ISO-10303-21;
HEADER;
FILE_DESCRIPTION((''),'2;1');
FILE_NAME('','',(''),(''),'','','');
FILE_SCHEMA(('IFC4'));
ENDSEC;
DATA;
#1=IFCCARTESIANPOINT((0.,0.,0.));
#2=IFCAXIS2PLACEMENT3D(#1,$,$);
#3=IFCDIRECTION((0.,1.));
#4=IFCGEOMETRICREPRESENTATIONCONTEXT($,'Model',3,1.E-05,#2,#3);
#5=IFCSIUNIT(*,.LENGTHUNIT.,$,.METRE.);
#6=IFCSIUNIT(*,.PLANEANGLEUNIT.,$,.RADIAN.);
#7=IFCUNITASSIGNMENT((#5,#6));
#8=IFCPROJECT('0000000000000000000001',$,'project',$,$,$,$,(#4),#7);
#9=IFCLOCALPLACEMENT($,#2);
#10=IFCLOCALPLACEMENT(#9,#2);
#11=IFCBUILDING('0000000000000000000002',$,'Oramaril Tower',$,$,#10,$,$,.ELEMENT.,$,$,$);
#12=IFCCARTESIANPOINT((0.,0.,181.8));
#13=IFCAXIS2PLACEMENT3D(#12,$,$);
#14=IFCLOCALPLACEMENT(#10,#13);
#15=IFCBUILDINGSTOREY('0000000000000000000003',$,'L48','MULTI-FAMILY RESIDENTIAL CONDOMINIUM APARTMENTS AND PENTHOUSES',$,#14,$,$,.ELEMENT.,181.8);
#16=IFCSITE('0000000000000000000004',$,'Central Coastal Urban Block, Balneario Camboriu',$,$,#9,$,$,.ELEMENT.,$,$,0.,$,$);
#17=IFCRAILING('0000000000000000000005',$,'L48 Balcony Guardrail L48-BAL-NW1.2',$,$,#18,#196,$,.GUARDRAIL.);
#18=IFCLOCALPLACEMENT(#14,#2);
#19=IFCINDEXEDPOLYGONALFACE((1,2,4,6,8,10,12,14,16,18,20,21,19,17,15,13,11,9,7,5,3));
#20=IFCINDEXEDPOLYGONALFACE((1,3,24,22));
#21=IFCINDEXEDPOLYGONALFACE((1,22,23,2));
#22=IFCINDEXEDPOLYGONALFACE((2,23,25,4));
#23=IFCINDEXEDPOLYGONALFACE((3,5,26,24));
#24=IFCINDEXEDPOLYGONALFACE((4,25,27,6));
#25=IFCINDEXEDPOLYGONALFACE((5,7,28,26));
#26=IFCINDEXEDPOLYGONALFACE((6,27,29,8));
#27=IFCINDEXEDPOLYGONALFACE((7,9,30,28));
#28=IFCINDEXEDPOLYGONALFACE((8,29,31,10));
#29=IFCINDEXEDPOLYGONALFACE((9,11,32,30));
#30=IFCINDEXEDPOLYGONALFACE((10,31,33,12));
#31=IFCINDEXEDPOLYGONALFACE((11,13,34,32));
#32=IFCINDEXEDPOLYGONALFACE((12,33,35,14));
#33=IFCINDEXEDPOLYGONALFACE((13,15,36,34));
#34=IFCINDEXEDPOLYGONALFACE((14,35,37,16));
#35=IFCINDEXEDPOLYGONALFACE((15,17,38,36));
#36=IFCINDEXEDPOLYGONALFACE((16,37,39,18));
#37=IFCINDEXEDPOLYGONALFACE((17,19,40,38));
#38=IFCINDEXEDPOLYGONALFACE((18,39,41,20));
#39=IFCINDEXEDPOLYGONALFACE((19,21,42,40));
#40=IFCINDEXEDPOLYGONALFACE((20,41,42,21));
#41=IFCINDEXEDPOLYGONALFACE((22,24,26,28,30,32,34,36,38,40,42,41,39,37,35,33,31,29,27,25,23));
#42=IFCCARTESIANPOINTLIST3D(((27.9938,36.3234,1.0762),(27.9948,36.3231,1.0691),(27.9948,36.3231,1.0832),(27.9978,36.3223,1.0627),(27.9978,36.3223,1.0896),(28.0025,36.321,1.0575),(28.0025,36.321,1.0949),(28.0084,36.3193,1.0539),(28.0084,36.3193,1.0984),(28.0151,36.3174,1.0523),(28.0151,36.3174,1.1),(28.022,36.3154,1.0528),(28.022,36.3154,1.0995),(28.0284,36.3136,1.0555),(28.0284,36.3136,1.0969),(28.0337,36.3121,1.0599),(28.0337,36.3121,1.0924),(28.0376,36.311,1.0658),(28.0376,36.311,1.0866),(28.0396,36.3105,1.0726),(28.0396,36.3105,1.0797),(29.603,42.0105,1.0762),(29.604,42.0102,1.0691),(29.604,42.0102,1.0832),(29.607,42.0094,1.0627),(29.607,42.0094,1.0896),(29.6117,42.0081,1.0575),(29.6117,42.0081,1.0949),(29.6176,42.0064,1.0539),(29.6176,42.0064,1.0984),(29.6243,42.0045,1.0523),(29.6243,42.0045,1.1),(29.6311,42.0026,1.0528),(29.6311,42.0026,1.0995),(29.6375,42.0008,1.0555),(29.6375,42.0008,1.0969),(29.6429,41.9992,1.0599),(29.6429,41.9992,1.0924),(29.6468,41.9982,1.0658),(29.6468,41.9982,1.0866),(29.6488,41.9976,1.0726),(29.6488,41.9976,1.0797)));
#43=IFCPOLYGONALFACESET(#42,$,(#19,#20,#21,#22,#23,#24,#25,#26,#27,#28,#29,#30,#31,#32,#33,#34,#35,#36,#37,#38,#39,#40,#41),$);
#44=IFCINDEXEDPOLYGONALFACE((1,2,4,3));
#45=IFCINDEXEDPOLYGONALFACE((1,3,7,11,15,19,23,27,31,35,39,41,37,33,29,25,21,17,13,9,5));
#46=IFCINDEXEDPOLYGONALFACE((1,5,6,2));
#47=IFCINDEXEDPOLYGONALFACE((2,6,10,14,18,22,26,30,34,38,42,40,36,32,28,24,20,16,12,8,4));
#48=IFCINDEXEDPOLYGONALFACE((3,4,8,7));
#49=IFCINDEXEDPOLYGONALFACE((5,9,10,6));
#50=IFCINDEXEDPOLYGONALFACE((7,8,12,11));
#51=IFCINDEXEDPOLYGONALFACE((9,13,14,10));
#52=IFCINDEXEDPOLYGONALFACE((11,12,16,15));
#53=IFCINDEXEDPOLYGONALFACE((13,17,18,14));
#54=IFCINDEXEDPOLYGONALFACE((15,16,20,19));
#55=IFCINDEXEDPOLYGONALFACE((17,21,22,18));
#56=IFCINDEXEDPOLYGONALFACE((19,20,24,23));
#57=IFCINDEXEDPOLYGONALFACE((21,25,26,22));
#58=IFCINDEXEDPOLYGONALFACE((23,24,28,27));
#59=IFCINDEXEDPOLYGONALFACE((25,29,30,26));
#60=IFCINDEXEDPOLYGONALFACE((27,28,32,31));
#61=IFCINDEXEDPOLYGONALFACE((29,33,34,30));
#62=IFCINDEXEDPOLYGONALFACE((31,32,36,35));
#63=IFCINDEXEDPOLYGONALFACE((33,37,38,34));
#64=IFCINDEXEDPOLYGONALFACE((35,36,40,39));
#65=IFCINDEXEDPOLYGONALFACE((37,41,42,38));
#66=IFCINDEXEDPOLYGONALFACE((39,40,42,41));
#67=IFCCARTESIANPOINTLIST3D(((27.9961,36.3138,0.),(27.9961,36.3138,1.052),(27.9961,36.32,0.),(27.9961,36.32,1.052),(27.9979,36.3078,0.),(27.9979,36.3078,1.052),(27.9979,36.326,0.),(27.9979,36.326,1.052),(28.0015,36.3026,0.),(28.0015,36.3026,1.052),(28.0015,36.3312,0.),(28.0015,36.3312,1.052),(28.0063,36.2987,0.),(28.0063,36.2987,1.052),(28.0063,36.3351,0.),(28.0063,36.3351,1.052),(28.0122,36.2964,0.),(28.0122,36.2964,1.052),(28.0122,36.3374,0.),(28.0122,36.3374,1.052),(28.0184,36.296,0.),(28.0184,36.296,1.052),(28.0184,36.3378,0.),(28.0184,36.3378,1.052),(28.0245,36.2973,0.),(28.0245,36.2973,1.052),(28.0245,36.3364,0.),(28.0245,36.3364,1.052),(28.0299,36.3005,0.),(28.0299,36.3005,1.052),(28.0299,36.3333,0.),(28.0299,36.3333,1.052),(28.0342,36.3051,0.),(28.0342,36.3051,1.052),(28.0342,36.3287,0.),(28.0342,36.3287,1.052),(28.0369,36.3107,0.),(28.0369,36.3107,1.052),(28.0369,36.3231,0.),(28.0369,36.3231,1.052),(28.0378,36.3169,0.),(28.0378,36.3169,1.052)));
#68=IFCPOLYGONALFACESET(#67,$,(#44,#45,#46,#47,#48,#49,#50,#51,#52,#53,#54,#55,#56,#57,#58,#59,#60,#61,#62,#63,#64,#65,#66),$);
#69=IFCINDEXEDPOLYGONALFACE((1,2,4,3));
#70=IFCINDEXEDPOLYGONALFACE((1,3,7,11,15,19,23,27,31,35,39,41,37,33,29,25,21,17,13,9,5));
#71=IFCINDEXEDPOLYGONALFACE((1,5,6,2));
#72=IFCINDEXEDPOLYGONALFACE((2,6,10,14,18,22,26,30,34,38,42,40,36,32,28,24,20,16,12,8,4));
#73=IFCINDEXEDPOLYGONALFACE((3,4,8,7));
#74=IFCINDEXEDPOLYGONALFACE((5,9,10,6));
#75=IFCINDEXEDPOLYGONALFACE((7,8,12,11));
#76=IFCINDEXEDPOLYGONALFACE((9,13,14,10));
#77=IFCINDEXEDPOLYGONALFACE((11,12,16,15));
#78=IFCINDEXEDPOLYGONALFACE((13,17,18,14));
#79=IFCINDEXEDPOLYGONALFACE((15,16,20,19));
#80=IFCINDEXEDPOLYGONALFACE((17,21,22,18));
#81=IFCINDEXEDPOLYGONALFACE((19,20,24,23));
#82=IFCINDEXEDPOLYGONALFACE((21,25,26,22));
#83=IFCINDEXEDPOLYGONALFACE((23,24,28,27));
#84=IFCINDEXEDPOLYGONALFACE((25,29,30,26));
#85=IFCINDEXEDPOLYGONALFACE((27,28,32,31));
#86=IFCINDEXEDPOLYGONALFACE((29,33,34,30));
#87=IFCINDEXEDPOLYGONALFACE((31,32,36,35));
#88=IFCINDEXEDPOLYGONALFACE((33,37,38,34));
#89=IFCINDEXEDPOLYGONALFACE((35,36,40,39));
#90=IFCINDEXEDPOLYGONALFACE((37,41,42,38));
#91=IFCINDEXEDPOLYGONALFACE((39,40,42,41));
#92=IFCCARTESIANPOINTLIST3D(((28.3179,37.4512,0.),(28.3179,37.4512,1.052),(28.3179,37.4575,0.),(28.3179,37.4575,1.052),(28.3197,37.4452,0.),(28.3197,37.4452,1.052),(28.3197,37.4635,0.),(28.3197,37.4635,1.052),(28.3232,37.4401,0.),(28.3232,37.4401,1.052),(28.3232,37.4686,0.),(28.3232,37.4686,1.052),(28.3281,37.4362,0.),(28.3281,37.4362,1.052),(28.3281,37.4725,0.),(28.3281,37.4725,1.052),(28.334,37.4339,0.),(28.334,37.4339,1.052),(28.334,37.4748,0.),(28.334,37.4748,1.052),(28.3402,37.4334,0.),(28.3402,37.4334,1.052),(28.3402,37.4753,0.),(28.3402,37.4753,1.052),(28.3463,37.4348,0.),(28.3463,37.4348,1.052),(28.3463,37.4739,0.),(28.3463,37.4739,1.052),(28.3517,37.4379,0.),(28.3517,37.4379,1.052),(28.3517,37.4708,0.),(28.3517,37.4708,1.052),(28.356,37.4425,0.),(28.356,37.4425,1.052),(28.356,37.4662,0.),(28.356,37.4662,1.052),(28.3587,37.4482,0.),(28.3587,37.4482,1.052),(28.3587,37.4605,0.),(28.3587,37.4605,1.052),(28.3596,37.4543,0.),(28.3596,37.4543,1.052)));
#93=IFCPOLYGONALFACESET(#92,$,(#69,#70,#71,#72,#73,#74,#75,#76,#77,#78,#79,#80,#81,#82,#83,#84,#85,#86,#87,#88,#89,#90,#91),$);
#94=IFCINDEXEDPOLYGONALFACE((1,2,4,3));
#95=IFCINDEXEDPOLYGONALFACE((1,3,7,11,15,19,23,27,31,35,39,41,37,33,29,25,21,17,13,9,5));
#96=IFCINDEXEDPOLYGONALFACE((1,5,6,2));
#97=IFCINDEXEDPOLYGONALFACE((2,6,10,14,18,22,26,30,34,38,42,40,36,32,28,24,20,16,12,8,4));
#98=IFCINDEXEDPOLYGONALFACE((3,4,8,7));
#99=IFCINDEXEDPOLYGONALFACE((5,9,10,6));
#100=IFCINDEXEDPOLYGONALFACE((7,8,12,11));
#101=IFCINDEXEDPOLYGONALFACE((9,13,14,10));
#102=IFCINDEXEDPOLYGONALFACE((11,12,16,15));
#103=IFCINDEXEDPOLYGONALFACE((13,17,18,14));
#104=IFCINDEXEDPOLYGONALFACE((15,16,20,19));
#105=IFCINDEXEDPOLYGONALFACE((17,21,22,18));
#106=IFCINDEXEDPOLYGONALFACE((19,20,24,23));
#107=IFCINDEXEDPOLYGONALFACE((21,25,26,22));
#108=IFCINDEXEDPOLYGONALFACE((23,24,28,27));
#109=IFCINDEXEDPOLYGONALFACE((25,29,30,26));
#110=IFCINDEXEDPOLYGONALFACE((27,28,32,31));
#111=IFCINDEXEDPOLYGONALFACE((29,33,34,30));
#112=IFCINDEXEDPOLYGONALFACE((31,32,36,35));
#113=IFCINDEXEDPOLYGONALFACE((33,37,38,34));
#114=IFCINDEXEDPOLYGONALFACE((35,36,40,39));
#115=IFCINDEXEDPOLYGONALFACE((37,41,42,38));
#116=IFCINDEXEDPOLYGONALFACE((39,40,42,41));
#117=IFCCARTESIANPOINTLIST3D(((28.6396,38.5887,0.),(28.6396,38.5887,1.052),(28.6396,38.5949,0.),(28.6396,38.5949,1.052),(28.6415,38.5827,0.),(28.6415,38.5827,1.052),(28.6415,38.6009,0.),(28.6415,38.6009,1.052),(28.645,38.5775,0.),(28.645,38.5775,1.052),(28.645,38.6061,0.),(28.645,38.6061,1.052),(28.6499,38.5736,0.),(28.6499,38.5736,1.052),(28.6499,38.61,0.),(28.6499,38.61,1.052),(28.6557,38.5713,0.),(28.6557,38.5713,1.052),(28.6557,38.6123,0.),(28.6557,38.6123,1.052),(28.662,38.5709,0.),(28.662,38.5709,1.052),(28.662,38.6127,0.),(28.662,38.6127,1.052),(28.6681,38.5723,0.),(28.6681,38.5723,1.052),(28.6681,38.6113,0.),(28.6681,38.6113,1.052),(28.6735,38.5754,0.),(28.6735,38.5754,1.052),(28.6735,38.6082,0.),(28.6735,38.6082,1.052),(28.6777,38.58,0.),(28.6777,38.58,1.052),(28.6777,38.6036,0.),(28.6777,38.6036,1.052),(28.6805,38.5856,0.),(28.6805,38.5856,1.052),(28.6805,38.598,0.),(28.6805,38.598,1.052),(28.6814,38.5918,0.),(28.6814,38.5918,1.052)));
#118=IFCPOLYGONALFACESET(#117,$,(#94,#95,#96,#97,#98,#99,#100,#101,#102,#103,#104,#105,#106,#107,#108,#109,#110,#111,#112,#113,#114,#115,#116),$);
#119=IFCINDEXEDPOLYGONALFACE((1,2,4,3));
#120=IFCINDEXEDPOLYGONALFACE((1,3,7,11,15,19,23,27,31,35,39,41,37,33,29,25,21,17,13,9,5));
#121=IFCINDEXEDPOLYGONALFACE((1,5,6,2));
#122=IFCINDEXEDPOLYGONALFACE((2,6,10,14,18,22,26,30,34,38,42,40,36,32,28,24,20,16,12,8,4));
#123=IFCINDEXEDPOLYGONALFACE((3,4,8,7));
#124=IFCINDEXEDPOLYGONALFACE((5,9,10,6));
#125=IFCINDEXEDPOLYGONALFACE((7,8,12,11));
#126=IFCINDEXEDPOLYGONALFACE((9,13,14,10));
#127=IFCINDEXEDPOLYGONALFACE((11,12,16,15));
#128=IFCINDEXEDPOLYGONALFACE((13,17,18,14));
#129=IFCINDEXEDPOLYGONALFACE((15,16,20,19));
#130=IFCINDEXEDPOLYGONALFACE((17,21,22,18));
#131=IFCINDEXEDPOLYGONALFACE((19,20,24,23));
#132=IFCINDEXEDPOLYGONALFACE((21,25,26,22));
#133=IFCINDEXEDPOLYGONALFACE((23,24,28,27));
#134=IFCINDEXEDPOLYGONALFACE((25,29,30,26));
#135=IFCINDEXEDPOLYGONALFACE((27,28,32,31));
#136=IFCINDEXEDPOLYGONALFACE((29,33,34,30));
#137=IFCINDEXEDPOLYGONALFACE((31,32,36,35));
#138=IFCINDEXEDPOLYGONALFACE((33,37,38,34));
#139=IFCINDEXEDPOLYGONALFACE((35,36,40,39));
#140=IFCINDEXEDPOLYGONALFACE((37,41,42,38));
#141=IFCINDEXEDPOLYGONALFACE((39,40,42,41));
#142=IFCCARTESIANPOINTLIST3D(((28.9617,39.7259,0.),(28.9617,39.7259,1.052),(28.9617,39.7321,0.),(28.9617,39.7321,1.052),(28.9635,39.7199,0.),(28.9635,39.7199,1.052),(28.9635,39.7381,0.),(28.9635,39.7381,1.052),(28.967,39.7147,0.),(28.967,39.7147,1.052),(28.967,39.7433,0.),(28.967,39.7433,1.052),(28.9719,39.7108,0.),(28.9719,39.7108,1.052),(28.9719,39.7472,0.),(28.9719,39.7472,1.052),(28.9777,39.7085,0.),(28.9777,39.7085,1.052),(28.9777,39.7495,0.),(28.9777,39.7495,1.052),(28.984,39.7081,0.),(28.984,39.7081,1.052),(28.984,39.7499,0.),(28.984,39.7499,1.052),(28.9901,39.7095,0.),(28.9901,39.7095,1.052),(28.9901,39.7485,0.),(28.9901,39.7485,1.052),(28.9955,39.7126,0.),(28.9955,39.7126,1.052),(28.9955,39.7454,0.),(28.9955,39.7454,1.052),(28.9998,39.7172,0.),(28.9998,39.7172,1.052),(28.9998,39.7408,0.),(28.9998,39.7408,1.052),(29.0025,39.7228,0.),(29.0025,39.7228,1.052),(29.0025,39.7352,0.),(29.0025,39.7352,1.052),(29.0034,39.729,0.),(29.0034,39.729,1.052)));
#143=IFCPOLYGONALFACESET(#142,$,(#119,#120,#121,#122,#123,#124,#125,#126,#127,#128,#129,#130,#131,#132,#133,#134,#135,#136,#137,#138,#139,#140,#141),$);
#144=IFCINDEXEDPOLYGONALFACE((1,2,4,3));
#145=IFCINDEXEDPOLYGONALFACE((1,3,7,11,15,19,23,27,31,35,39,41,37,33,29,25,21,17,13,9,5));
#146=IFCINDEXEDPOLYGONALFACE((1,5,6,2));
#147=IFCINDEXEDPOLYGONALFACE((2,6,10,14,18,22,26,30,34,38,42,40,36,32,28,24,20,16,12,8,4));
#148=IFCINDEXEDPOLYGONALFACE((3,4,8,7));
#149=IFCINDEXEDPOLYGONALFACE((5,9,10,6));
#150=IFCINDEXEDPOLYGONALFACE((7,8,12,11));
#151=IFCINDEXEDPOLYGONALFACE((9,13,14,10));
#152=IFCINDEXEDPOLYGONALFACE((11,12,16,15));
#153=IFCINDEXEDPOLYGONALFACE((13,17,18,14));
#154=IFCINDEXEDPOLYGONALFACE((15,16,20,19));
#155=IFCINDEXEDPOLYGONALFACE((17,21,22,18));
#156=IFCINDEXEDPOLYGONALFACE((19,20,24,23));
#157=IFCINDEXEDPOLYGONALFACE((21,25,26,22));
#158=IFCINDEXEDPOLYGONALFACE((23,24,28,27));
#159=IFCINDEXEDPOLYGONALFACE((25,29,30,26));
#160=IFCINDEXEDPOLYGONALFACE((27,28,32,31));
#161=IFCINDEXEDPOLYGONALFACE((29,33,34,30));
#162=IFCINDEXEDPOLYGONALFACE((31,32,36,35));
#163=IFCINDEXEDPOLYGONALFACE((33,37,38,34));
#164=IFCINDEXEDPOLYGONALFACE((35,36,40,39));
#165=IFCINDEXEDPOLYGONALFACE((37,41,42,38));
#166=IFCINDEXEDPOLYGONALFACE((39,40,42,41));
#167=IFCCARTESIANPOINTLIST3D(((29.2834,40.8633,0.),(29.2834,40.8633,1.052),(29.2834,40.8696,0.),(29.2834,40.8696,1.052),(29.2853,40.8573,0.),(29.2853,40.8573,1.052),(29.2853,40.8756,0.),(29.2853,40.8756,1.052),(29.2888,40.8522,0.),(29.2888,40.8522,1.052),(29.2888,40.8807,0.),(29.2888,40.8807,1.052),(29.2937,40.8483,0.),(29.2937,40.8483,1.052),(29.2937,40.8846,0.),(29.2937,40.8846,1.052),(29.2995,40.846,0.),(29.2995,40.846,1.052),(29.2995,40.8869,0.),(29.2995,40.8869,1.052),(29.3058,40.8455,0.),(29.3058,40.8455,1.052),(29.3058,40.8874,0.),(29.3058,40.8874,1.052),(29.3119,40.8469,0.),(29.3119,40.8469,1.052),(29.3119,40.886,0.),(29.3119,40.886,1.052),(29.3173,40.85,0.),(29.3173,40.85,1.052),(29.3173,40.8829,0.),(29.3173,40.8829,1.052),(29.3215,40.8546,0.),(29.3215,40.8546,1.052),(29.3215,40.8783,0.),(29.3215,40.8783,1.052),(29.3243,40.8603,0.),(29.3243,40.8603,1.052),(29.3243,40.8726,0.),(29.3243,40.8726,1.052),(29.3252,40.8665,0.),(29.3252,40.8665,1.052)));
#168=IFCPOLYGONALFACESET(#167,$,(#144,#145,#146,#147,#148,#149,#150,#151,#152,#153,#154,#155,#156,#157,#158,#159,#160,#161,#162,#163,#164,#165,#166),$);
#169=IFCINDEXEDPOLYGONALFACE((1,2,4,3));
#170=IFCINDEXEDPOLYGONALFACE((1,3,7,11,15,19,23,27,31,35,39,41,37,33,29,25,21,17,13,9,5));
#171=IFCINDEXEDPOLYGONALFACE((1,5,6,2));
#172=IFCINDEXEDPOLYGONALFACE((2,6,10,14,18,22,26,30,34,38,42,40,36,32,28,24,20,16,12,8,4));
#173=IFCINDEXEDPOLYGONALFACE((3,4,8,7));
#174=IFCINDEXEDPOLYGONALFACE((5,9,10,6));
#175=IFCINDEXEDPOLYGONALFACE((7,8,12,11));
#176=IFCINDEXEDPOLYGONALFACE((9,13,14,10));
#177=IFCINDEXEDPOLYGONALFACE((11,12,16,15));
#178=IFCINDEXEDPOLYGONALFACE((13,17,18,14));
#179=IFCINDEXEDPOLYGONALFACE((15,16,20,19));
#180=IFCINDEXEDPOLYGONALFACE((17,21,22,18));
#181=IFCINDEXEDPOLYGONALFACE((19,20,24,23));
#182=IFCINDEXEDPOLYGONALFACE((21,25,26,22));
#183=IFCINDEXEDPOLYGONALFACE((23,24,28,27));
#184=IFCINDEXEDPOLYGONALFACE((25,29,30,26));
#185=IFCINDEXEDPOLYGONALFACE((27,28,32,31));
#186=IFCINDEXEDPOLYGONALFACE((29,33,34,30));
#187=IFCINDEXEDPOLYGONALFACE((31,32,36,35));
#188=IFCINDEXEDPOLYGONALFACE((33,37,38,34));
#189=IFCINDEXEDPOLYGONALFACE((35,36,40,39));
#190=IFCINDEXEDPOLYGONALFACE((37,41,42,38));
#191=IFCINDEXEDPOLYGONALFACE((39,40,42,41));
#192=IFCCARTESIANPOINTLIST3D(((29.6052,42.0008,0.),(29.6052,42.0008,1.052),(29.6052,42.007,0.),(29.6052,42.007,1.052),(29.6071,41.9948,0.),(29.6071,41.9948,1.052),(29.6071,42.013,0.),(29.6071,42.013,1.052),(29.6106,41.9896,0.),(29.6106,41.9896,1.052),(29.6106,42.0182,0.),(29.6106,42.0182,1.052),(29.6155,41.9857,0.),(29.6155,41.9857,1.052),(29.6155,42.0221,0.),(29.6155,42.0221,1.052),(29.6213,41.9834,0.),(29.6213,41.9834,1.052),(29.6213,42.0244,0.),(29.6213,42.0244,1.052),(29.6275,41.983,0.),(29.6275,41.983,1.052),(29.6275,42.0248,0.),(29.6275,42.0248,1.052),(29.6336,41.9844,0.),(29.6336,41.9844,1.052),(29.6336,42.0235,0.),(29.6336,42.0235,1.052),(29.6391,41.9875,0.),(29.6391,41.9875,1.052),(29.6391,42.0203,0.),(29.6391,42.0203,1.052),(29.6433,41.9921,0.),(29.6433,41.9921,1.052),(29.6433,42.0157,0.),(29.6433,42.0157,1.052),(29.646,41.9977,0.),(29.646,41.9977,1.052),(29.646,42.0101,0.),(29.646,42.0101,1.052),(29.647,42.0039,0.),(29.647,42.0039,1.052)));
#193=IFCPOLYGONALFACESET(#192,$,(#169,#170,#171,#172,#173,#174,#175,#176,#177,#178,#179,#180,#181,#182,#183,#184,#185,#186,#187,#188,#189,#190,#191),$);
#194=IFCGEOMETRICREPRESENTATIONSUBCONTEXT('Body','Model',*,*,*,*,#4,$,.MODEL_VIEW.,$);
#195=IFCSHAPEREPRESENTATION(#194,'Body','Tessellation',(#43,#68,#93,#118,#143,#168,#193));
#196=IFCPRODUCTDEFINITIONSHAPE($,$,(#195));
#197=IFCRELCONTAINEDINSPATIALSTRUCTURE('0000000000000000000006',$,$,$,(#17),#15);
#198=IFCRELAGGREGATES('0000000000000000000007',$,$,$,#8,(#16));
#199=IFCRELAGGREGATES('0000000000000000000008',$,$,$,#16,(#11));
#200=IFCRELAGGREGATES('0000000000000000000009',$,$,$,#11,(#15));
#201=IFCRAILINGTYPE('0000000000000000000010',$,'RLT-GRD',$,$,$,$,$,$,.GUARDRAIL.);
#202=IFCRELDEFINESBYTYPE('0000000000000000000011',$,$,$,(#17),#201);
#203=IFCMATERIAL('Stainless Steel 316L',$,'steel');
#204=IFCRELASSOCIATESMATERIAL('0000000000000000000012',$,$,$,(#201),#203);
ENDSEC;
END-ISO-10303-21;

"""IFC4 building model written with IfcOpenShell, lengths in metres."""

from ifc_helpers import new_model, si_unit, direction, frame, origin, origin_2d, place, context, subcontext, project, spatial, circle, extrude, material, type_object, element, save


model = new_model("IFC4")

# Units and contexts
model_context = context("Model", 3, precision=1e-05, world=origin(), true_north=direction((0.0, 1.0)))
body_context = subcontext(model_context, "Body", "Model", "MODEL_VIEW")
ifc_project = project(units=[si_unit("LENGTHUNIT", "METRE"), si_unit("PLANEANGLEUNIT", "RADIAN")], contexts=[model_context])

# Site, building, storey
site_placement = place(None, origin())
site = spatial("IfcSite", under=ifc_project, at=site_placement, Name="Central Coastal Urban Block, Balneario Camboriu", CompositionType="ELEMENT", RefElevation=0.0)
building_placement = place(site_placement, origin())
building = spatial("IfcBuilding", under=site, at=building_placement, Name="Oramaril Tower", CompositionType="ELEMENT")
storey_placement = place(building_placement, frame((0.0, 0.0, 181.8)))
storey = spatial("IfcBuildingStorey", under=building, at=storey_placement, Name="L48", Description="MULTI-FAMILY RESIDENTIAL CONDOMINIUM APARTMENTS AND PENTHOUSES", CompositionType="ELEMENT", Elevation=181.8)

# Railing
ifc_material_1 = material(Name="Stainless Steel 316L", Category="steel")
railing_type = type_object("IfcRailingType", Name="RLT-GRD", PredefinedType="GUARDRAIL", material=ifc_material_1)
railing_1_placement = place(storey_placement, frame((28.0168, 36.3169, 0.0)))
element("IfcRailing", 1, at=railing_1_placement, inside=storey, type_object=railing_type, Name="L48 Balcony Guardrail L48-BAL-NW1.2", PredefinedType="GUARDRAIL", context=body_context, shape_type="SweptSolid", body=[
    extrude(circle(Radius=0.0239, at=origin_2d()), frame((0.0, 0.0, 1.0762), z_axis=(0.27226, 0.962224, 0.0), x_axis=(-0.962224, 0.27226, 0.0)), (0.0, 0.0, 1.0), 5.9104),
    extrude(circle(Radius=0.021, at=origin_2d()), origin(), (0.0, 0.0, 1.0), 1.052),
    extrude(circle(Radius=0.021, at=origin_2d()), frame((0.3218, 1.1375, 0.0)), (0.0, 0.0, 1.0), 1.052),
    extrude(circle(Radius=0.021, at=origin_2d()), frame((0.6436, 2.2749, 0.0)), (0.0, 0.0, 1.0), 1.052),
    extrude(circle(Radius=0.021, at=origin_2d()), frame((0.9656, 3.4121, 0.0)), (0.0, 0.0, 1.0), 1.052),
    extrude(circle(Radius=0.021, at=origin_2d()), frame((1.2874, 4.5496, 0.0)), (0.0, 0.0, 1.0), 1.052),
    extrude(circle(Radius=0.021, at=origin_2d()), frame((1.6091, 5.687, 0.0)), (0.0, 0.0, 1.0), 1.052),
])

save(model, "model.ifc")
